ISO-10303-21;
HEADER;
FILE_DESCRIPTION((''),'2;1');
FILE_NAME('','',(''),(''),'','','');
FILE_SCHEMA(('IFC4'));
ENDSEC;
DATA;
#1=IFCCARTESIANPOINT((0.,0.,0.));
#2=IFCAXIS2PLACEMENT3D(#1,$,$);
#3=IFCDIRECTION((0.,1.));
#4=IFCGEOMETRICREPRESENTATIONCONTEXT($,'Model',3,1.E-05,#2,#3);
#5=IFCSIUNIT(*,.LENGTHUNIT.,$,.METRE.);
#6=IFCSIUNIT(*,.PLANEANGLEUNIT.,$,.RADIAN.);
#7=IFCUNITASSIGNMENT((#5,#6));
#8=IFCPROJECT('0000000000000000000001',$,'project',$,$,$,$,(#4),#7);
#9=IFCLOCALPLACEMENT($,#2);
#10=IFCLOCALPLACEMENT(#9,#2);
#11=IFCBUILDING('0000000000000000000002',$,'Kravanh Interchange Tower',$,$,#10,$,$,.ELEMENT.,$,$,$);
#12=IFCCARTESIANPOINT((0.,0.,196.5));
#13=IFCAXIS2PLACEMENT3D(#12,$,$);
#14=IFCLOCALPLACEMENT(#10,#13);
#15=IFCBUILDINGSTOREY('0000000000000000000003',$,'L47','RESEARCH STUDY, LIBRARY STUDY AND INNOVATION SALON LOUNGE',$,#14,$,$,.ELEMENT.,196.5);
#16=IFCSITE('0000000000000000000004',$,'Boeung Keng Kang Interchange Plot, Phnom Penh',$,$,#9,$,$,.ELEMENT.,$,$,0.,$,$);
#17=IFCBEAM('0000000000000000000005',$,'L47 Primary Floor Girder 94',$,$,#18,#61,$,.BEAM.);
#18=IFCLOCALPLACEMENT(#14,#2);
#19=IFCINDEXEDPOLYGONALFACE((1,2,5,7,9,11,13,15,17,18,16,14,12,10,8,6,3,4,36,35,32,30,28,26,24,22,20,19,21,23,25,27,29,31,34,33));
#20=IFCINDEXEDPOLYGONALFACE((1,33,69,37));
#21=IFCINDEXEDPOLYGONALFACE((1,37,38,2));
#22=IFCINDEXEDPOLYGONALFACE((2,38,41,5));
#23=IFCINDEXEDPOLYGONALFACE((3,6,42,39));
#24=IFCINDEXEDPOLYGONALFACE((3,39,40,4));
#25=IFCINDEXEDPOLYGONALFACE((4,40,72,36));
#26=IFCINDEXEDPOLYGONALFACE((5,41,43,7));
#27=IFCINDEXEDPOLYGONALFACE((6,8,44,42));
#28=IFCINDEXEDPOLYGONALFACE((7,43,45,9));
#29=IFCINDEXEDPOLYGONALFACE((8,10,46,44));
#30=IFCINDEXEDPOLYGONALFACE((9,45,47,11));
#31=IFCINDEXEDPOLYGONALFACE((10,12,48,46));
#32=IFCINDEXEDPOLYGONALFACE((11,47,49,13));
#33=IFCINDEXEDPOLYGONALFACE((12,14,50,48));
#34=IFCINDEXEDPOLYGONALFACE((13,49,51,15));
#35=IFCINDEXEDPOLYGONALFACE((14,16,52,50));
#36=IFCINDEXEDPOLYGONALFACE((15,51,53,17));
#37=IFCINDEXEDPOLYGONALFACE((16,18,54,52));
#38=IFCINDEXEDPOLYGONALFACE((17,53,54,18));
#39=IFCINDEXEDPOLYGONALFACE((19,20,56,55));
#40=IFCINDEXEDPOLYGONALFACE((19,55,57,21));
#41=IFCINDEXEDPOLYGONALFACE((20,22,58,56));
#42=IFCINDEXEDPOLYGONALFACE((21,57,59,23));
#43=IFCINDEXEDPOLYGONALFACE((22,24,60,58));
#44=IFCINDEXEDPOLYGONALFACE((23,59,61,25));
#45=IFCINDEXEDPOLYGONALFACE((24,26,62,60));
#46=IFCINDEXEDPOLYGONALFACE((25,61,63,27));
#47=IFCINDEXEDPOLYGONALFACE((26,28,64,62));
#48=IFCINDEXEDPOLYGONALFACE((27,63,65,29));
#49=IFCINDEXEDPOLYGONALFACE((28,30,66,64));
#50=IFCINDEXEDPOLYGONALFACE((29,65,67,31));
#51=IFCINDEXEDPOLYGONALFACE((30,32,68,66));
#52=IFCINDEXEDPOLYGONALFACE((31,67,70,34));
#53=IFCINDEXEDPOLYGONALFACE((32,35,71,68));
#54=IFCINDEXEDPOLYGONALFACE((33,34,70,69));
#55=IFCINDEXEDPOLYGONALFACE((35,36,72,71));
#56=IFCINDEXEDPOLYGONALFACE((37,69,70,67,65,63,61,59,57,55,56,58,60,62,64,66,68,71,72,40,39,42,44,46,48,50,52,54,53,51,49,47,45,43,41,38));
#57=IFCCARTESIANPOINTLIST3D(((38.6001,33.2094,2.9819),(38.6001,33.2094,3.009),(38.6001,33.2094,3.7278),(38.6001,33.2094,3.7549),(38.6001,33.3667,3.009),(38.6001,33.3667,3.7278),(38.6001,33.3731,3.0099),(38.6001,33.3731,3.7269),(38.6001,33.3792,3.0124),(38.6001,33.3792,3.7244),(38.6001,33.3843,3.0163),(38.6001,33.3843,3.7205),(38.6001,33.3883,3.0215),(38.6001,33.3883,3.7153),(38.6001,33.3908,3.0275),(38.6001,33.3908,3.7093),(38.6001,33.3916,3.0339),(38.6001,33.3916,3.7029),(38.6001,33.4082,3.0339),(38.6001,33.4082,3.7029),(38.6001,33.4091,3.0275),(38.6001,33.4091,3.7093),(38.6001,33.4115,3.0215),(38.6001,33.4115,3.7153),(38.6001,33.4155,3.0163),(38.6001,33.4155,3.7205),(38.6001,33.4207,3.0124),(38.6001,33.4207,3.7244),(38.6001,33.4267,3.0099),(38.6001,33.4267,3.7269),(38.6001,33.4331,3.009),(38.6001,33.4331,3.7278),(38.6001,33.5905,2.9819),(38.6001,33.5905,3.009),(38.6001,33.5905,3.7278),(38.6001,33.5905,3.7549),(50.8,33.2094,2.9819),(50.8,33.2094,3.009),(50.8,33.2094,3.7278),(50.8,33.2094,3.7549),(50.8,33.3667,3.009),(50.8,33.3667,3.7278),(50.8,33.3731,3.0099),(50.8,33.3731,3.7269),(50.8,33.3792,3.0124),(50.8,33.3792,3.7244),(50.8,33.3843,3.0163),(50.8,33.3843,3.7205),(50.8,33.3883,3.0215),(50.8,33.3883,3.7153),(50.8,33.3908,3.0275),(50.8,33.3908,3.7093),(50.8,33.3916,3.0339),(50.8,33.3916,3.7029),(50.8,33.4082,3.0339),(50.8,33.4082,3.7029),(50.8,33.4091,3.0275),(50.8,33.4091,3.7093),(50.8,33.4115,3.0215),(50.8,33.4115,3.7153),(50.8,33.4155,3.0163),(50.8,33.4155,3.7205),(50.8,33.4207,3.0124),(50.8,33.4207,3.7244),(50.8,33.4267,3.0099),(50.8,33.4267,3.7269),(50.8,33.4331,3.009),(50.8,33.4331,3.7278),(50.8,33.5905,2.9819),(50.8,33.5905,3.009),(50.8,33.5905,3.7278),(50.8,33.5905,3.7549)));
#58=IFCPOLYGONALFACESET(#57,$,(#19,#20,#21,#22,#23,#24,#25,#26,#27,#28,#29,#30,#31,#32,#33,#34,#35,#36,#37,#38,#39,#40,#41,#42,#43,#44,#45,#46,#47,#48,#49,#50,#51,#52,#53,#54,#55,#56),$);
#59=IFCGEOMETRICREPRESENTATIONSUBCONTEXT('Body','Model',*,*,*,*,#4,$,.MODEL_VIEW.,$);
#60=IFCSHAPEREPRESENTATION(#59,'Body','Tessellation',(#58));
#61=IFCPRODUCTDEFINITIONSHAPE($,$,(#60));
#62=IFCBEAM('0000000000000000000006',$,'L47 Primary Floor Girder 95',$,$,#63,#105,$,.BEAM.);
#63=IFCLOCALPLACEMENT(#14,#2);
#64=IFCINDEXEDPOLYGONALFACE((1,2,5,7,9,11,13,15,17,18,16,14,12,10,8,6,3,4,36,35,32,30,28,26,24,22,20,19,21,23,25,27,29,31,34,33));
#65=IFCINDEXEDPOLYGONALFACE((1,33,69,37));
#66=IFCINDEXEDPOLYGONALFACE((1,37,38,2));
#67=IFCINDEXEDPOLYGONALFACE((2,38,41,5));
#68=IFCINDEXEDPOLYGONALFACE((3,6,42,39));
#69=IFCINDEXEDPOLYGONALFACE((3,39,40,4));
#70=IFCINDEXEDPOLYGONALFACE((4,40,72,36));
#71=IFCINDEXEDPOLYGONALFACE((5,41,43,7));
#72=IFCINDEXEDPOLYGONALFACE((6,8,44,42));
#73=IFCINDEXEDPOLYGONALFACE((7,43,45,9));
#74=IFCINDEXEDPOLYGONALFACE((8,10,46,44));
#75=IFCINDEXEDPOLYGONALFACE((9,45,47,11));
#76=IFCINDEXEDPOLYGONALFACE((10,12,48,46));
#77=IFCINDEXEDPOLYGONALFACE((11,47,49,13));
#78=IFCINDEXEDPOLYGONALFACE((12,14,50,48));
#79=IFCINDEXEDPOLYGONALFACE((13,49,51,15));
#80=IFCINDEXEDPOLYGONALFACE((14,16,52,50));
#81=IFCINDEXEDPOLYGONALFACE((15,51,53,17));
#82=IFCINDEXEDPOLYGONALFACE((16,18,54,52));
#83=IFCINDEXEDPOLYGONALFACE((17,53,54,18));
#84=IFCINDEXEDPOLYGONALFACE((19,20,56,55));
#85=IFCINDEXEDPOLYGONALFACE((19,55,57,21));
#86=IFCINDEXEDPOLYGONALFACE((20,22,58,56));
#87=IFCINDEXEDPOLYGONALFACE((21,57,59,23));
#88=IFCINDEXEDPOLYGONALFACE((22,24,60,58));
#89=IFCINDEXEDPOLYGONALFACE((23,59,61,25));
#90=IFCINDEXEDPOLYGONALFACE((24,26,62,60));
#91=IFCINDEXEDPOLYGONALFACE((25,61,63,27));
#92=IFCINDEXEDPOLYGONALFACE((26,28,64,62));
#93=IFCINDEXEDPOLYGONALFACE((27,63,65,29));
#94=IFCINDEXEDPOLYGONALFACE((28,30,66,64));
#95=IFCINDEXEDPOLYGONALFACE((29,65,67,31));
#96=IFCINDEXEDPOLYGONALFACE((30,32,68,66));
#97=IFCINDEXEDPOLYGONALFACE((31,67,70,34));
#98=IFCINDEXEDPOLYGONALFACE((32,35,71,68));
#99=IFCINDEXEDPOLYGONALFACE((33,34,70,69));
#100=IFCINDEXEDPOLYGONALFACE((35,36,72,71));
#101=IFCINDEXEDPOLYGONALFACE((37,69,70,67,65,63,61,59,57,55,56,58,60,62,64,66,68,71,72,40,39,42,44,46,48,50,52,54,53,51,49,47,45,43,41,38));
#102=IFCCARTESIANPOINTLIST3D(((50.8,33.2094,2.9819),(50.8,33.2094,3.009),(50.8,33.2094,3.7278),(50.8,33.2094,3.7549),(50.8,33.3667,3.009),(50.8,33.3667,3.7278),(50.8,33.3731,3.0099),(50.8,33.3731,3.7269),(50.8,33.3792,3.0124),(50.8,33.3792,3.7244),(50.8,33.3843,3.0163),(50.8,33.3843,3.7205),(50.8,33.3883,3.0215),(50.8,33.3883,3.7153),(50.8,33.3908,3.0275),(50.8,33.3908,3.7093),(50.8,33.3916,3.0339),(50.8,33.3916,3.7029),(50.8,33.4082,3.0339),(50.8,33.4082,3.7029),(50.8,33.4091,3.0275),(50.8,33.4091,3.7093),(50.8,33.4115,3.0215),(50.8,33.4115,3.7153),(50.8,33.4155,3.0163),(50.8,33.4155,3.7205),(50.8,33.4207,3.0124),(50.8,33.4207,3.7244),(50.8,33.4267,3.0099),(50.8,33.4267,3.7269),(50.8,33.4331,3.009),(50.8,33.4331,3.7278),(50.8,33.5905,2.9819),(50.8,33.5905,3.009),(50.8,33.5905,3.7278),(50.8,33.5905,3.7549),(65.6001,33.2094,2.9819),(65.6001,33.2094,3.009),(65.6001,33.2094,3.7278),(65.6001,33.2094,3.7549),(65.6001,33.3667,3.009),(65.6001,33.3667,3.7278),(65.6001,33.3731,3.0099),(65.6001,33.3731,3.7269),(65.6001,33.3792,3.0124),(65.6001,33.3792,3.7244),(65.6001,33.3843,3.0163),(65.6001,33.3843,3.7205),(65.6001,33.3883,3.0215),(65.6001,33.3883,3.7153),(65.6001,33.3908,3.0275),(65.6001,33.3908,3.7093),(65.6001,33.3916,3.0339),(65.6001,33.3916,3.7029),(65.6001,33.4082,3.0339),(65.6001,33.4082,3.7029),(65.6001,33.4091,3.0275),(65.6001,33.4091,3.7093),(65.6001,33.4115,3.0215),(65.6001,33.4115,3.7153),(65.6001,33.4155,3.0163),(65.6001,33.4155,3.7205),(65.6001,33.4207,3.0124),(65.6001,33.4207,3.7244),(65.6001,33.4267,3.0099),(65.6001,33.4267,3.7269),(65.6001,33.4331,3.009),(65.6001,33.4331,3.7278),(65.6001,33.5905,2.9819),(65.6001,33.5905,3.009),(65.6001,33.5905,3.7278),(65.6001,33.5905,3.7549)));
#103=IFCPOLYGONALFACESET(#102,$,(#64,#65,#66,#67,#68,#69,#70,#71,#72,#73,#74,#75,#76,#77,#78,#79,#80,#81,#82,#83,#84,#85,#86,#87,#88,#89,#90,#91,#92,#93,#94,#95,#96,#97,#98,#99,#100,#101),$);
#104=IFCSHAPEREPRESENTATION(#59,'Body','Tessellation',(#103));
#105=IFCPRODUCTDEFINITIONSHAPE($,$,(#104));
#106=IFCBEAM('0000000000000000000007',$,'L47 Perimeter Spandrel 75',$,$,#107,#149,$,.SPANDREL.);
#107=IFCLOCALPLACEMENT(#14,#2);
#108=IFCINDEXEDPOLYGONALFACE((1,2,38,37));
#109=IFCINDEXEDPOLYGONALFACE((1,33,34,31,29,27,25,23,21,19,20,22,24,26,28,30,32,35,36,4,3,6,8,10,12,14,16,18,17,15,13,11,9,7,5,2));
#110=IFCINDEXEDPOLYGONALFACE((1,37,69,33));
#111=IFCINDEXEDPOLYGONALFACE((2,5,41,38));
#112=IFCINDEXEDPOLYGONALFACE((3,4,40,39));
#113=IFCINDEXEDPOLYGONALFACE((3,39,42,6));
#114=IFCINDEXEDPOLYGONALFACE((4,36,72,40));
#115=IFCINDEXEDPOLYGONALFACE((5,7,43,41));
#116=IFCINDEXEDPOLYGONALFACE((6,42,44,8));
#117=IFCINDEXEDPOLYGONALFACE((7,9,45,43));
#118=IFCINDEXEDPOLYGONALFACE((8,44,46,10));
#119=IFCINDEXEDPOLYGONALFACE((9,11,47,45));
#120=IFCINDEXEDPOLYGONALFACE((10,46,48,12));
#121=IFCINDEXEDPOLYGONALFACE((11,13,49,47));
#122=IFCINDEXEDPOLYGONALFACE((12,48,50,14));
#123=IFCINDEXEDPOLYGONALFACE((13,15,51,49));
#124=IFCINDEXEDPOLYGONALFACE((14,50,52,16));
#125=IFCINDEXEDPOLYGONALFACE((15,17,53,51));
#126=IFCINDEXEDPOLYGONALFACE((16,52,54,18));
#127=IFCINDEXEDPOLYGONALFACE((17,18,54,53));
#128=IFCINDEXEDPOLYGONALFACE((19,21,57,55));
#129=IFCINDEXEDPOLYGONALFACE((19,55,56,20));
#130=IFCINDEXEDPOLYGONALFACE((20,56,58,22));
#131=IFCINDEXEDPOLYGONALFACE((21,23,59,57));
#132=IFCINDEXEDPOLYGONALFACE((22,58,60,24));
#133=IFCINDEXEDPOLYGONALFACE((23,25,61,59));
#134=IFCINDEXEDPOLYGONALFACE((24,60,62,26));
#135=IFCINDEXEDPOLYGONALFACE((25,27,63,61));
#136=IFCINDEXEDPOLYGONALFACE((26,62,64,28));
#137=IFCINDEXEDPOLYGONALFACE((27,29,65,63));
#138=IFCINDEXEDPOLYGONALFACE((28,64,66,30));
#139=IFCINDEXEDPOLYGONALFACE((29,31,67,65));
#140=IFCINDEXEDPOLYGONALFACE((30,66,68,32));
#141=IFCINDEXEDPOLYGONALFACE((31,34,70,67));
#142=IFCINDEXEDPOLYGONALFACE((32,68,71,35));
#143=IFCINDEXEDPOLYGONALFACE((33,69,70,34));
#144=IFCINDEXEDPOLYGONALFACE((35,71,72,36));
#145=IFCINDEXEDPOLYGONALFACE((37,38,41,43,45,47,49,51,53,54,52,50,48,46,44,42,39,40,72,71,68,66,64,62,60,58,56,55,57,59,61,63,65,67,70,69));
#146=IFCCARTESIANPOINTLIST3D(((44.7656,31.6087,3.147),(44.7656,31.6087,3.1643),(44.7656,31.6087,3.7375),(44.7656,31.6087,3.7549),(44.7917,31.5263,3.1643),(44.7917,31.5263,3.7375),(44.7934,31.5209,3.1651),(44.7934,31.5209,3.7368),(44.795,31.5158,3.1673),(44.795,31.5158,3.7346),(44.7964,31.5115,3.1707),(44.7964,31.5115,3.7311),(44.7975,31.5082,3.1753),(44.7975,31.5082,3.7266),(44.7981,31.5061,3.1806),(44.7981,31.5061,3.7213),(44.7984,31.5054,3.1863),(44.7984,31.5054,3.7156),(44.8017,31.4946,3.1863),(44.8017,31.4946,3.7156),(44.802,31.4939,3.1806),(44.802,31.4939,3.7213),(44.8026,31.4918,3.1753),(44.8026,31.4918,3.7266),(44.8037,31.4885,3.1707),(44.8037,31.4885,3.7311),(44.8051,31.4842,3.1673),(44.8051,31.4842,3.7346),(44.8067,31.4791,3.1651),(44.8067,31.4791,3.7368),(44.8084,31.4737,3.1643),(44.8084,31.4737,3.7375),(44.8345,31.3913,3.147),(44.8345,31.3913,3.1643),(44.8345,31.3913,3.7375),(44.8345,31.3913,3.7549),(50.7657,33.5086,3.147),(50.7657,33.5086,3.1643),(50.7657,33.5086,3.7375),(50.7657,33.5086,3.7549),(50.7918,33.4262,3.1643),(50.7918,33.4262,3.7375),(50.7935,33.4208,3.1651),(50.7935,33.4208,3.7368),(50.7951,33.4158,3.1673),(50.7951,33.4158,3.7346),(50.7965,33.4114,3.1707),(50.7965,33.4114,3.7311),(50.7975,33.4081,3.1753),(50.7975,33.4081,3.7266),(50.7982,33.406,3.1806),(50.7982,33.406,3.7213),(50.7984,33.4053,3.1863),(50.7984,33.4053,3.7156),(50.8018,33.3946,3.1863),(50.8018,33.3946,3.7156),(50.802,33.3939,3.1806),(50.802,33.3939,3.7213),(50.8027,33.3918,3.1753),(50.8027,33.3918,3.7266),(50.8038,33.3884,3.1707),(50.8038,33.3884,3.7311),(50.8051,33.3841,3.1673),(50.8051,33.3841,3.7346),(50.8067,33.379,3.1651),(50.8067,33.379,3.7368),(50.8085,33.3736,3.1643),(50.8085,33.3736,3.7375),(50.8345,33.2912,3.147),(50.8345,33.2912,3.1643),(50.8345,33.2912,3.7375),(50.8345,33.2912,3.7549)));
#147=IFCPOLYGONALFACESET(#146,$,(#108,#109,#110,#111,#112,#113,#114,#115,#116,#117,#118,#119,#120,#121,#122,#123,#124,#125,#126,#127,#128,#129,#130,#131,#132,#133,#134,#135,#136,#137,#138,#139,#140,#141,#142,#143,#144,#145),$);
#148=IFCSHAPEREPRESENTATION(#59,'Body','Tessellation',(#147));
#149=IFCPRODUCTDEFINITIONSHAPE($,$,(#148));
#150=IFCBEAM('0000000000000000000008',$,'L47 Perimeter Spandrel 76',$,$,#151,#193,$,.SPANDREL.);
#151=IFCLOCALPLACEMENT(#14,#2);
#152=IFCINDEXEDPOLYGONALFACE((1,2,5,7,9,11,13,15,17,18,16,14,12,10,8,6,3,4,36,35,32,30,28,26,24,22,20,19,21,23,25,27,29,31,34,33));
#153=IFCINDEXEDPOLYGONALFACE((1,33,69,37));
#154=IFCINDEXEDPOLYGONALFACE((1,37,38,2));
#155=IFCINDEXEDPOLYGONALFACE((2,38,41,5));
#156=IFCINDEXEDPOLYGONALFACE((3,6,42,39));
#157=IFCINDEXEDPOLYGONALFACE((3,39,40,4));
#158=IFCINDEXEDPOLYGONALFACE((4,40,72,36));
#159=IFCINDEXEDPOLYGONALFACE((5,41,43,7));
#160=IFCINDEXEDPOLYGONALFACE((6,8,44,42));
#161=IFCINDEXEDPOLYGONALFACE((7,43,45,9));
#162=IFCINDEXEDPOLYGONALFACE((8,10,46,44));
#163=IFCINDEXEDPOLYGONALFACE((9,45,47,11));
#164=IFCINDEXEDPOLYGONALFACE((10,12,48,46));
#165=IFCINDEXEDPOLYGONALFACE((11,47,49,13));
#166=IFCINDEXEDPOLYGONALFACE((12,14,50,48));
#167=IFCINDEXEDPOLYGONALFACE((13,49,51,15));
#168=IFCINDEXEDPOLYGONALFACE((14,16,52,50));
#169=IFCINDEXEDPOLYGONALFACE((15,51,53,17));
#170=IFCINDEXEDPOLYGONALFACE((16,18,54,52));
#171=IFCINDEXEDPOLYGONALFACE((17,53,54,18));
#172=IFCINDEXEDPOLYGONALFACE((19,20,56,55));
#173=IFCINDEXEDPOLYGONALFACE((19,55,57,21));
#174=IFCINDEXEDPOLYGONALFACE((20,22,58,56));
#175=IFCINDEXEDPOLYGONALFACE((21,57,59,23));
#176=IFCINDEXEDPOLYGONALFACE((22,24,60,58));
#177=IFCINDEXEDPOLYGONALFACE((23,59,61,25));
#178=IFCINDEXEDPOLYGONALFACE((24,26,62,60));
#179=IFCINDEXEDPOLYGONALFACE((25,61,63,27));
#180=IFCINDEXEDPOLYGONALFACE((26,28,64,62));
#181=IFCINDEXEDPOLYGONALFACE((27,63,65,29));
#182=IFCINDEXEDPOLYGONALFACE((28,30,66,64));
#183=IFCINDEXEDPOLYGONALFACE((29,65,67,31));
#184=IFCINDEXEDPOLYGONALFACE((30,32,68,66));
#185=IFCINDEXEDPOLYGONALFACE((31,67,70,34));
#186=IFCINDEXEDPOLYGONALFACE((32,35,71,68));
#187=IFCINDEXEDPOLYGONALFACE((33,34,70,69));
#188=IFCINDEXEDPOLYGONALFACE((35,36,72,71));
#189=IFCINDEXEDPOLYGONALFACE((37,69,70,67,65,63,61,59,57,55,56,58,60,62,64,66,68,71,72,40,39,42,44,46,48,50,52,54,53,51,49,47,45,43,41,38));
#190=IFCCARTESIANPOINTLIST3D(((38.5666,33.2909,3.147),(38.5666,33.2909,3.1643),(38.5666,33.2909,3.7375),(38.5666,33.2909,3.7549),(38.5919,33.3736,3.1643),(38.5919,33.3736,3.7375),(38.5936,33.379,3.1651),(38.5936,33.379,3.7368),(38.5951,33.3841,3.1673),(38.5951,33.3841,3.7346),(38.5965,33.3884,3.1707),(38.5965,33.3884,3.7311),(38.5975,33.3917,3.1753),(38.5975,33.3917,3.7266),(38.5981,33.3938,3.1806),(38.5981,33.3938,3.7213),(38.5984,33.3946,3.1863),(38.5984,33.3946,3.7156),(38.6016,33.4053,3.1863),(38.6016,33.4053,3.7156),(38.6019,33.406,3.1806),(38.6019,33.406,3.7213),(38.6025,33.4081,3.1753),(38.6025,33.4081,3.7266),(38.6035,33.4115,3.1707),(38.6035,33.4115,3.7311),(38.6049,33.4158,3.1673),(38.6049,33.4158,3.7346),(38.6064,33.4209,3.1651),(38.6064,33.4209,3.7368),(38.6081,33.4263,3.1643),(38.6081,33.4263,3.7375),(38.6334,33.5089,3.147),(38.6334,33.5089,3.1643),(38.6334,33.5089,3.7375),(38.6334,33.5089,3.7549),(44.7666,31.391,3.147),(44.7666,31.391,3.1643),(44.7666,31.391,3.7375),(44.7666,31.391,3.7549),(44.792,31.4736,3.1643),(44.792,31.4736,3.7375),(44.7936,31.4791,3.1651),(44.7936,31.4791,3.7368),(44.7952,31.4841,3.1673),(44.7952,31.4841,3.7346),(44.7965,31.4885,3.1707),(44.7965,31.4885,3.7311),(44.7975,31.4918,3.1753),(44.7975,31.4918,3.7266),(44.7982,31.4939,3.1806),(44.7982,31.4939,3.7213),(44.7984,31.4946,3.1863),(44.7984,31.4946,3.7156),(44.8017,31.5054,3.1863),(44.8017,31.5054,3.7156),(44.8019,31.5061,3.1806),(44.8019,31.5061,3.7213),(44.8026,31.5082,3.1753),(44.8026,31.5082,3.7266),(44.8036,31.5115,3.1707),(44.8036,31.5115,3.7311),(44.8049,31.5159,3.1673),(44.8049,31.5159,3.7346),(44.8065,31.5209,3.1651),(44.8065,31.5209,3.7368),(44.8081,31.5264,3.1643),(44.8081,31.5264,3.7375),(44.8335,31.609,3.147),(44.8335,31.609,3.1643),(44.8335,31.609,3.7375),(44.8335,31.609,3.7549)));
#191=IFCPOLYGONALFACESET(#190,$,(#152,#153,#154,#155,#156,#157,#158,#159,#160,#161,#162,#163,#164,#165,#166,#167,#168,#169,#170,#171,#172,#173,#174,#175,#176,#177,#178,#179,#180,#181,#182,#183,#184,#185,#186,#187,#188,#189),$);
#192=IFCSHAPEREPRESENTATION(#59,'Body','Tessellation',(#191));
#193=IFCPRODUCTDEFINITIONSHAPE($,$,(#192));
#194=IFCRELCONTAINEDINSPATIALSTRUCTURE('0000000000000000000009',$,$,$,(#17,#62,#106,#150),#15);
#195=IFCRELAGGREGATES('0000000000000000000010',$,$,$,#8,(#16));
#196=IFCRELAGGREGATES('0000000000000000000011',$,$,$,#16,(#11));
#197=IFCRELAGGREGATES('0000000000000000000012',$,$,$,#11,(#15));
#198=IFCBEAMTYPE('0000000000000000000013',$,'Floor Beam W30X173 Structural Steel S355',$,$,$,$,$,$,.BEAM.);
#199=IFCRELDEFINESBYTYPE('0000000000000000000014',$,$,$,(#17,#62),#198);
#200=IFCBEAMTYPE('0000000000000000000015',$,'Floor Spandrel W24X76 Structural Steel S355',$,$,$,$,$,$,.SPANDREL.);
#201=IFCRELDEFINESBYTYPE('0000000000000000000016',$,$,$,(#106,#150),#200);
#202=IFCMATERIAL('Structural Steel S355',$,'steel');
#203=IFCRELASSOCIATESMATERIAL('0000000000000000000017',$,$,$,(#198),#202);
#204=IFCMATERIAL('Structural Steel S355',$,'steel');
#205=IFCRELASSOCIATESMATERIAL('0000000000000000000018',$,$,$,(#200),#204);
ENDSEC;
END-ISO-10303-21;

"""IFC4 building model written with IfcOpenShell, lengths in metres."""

from ifc_helpers import new_model, si_unit, direction, frame, origin, origin_2d, place, context, subcontext, project, spatial, i_section, extrude, material, material_profile, profile_set, type_object, element, save


model = new_model("IFC4")

# Units and contexts
model_context = context("Model", 3, precision=1e-05, world=origin(), true_north=direction((0.0, 1.0)))
body_context = subcontext(model_context, "Body", "Model", "MODEL_VIEW")
ifc_project = project(units=[si_unit("LENGTHUNIT", "METRE"), si_unit("PLANEANGLEUNIT", "RADIAN")], contexts=[model_context])

# Site, building, storey
site_placement = place(None, origin())
site = spatial("IfcSite", under=ifc_project, at=site_placement, Name="Boeung Keng Kang Interchange Plot, Phnom Penh", CompositionType="ELEMENT", RefElevation=0.0)
building_placement = place(site_placement, origin())
building = spatial("IfcBuilding", under=site, at=building_placement, Name="Kravanh Interchange Tower", CompositionType="ELEMENT")
storey_placement = place(building_placement, frame((0.0, 0.0, 196.5)))
storey = spatial("IfcBuildingStorey", under=building, at=storey_placement, Name="L47", Description="RESEARCH STUDY, LIBRARY STUDY AND INNOVATION SALON LOUNGE", CompositionType="ELEMENT", Elevation=196.5)

# Beams
ifc_material_1 = material(Name="Structural Steel S355", Category="steel")
ifc_material_profile_1 = material_profile(ifc_material_1, i_section(OverallWidth=0.3811, OverallDepth=0.7729, WebThickness=0.0166, FlangeThickness=0.0271, FilletRadius=0.0249, at=origin_2d()), Name="W30X173")
ifc_profile_set_1 = profile_set([ifc_material_profile_1], Name="Structural Steel S355")
beam_type_1 = type_object("IfcBeamType", Name="Floor Beam W30X173 Structural Steel S355", PredefinedType="BEAM", material=ifc_profile_set_1)
beam_1_placement = place(storey_placement, frame((38.6001, 33.3999, 3.3684), z_axis=(1.0, 0.0, 0.0), x_axis=(0.0, 1.0, 0.0)))
element("IfcBeam", 1, at=beam_1_placement, inside=storey, type_object=beam_type_1, Name="L47 Primary Floor Girder 94", PredefinedType="BEAM", context=body_context, shape_type="SweptSolid", body=[
    extrude(i_section(OverallWidth=0.3811, OverallDepth=0.7729, WebThickness=0.0166, FlangeThickness=0.0271, FilletRadius=0.0249, at=origin_2d()), origin(), (0.0, 0.0, 1.0), 12.2),
])
beam_2_placement = place(storey_placement, frame((50.8, 33.3999, 3.3684), z_axis=(1.0, 0.0, 0.0), x_axis=(0.0, 1.0, 0.0)))
element("IfcBeam", 2, at=beam_2_placement, inside=storey, type_object=beam_type_1, Name="L47 Primary Floor Girder 95", PredefinedType="BEAM", context=body_context, shape_type="SweptSolid", body=[
    extrude(i_section(OverallWidth=0.3811, OverallDepth=0.7729, WebThickness=0.0166, FlangeThickness=0.0271, FilletRadius=0.0249, at=origin_2d()), origin(), (0.0, 0.0, 1.0), 14.8),
])
ifc_material_2 = material(Name="Structural Steel S355", Category="steel")
ifc_material_profile_2 = material_profile(ifc_material_2, i_section(OverallWidth=0.228, OverallDepth=0.6079, WebThickness=0.0112, FlangeThickness=0.0173, FilletRadius=0.022, at=origin_2d()), Name="W24X76")
ifc_profile_set_2 = profile_set([ifc_material_profile_2], Name="Structural Steel S355")
beam_type_2 = type_object("IfcBeamType", Name="Floor Spandrel W24X76 Structural Steel S355", PredefinedType="SPANDREL", material=ifc_profile_set_2)
beam_3_placement = place(storey_placement, frame((44.8, 31.5, 3.4509), z_axis=(0.953347, 0.301878, 0.0), x_axis=(-0.301878, 0.953347, 0.0)))
element("IfcBeam", 3, at=beam_3_placement, inside=storey, type_object=beam_type_2, Name="L47 Perimeter Spandrel 75", PredefinedType="SPANDREL", context=body_context, shape_type="SweptSolid", body=[
    extrude(i_section(OverallWidth=0.228, OverallDepth=0.6079, WebThickness=0.0112, FlangeThickness=0.0173, FilletRadius=0.022, at=origin_2d()), origin(), (0.0, 0.0, 1.0), 6.2937),
])
beam_4_placement = place(storey_placement, frame((44.8, 31.5, 3.4509), z_axis=(-0.956115, 0.29299, 0.0), x_axis=(-0.29299, -0.956115, 0.0)))
element("IfcBeam", 4, at=beam_4_placement, inside=storey, type_object=beam_type_2, Name="L47 Perimeter Spandrel 76", PredefinedType="SPANDREL", context=body_context, shape_type="SweptSolid", body=[
    extrude(i_section(OverallWidth=0.228, OverallDepth=0.6079, WebThickness=0.0112, FlangeThickness=0.0173, FilletRadius=0.022, at=origin_2d()), origin(), (0.0, 0.0, 1.0), 6.4846),
])

save(model, "model.ifc")
